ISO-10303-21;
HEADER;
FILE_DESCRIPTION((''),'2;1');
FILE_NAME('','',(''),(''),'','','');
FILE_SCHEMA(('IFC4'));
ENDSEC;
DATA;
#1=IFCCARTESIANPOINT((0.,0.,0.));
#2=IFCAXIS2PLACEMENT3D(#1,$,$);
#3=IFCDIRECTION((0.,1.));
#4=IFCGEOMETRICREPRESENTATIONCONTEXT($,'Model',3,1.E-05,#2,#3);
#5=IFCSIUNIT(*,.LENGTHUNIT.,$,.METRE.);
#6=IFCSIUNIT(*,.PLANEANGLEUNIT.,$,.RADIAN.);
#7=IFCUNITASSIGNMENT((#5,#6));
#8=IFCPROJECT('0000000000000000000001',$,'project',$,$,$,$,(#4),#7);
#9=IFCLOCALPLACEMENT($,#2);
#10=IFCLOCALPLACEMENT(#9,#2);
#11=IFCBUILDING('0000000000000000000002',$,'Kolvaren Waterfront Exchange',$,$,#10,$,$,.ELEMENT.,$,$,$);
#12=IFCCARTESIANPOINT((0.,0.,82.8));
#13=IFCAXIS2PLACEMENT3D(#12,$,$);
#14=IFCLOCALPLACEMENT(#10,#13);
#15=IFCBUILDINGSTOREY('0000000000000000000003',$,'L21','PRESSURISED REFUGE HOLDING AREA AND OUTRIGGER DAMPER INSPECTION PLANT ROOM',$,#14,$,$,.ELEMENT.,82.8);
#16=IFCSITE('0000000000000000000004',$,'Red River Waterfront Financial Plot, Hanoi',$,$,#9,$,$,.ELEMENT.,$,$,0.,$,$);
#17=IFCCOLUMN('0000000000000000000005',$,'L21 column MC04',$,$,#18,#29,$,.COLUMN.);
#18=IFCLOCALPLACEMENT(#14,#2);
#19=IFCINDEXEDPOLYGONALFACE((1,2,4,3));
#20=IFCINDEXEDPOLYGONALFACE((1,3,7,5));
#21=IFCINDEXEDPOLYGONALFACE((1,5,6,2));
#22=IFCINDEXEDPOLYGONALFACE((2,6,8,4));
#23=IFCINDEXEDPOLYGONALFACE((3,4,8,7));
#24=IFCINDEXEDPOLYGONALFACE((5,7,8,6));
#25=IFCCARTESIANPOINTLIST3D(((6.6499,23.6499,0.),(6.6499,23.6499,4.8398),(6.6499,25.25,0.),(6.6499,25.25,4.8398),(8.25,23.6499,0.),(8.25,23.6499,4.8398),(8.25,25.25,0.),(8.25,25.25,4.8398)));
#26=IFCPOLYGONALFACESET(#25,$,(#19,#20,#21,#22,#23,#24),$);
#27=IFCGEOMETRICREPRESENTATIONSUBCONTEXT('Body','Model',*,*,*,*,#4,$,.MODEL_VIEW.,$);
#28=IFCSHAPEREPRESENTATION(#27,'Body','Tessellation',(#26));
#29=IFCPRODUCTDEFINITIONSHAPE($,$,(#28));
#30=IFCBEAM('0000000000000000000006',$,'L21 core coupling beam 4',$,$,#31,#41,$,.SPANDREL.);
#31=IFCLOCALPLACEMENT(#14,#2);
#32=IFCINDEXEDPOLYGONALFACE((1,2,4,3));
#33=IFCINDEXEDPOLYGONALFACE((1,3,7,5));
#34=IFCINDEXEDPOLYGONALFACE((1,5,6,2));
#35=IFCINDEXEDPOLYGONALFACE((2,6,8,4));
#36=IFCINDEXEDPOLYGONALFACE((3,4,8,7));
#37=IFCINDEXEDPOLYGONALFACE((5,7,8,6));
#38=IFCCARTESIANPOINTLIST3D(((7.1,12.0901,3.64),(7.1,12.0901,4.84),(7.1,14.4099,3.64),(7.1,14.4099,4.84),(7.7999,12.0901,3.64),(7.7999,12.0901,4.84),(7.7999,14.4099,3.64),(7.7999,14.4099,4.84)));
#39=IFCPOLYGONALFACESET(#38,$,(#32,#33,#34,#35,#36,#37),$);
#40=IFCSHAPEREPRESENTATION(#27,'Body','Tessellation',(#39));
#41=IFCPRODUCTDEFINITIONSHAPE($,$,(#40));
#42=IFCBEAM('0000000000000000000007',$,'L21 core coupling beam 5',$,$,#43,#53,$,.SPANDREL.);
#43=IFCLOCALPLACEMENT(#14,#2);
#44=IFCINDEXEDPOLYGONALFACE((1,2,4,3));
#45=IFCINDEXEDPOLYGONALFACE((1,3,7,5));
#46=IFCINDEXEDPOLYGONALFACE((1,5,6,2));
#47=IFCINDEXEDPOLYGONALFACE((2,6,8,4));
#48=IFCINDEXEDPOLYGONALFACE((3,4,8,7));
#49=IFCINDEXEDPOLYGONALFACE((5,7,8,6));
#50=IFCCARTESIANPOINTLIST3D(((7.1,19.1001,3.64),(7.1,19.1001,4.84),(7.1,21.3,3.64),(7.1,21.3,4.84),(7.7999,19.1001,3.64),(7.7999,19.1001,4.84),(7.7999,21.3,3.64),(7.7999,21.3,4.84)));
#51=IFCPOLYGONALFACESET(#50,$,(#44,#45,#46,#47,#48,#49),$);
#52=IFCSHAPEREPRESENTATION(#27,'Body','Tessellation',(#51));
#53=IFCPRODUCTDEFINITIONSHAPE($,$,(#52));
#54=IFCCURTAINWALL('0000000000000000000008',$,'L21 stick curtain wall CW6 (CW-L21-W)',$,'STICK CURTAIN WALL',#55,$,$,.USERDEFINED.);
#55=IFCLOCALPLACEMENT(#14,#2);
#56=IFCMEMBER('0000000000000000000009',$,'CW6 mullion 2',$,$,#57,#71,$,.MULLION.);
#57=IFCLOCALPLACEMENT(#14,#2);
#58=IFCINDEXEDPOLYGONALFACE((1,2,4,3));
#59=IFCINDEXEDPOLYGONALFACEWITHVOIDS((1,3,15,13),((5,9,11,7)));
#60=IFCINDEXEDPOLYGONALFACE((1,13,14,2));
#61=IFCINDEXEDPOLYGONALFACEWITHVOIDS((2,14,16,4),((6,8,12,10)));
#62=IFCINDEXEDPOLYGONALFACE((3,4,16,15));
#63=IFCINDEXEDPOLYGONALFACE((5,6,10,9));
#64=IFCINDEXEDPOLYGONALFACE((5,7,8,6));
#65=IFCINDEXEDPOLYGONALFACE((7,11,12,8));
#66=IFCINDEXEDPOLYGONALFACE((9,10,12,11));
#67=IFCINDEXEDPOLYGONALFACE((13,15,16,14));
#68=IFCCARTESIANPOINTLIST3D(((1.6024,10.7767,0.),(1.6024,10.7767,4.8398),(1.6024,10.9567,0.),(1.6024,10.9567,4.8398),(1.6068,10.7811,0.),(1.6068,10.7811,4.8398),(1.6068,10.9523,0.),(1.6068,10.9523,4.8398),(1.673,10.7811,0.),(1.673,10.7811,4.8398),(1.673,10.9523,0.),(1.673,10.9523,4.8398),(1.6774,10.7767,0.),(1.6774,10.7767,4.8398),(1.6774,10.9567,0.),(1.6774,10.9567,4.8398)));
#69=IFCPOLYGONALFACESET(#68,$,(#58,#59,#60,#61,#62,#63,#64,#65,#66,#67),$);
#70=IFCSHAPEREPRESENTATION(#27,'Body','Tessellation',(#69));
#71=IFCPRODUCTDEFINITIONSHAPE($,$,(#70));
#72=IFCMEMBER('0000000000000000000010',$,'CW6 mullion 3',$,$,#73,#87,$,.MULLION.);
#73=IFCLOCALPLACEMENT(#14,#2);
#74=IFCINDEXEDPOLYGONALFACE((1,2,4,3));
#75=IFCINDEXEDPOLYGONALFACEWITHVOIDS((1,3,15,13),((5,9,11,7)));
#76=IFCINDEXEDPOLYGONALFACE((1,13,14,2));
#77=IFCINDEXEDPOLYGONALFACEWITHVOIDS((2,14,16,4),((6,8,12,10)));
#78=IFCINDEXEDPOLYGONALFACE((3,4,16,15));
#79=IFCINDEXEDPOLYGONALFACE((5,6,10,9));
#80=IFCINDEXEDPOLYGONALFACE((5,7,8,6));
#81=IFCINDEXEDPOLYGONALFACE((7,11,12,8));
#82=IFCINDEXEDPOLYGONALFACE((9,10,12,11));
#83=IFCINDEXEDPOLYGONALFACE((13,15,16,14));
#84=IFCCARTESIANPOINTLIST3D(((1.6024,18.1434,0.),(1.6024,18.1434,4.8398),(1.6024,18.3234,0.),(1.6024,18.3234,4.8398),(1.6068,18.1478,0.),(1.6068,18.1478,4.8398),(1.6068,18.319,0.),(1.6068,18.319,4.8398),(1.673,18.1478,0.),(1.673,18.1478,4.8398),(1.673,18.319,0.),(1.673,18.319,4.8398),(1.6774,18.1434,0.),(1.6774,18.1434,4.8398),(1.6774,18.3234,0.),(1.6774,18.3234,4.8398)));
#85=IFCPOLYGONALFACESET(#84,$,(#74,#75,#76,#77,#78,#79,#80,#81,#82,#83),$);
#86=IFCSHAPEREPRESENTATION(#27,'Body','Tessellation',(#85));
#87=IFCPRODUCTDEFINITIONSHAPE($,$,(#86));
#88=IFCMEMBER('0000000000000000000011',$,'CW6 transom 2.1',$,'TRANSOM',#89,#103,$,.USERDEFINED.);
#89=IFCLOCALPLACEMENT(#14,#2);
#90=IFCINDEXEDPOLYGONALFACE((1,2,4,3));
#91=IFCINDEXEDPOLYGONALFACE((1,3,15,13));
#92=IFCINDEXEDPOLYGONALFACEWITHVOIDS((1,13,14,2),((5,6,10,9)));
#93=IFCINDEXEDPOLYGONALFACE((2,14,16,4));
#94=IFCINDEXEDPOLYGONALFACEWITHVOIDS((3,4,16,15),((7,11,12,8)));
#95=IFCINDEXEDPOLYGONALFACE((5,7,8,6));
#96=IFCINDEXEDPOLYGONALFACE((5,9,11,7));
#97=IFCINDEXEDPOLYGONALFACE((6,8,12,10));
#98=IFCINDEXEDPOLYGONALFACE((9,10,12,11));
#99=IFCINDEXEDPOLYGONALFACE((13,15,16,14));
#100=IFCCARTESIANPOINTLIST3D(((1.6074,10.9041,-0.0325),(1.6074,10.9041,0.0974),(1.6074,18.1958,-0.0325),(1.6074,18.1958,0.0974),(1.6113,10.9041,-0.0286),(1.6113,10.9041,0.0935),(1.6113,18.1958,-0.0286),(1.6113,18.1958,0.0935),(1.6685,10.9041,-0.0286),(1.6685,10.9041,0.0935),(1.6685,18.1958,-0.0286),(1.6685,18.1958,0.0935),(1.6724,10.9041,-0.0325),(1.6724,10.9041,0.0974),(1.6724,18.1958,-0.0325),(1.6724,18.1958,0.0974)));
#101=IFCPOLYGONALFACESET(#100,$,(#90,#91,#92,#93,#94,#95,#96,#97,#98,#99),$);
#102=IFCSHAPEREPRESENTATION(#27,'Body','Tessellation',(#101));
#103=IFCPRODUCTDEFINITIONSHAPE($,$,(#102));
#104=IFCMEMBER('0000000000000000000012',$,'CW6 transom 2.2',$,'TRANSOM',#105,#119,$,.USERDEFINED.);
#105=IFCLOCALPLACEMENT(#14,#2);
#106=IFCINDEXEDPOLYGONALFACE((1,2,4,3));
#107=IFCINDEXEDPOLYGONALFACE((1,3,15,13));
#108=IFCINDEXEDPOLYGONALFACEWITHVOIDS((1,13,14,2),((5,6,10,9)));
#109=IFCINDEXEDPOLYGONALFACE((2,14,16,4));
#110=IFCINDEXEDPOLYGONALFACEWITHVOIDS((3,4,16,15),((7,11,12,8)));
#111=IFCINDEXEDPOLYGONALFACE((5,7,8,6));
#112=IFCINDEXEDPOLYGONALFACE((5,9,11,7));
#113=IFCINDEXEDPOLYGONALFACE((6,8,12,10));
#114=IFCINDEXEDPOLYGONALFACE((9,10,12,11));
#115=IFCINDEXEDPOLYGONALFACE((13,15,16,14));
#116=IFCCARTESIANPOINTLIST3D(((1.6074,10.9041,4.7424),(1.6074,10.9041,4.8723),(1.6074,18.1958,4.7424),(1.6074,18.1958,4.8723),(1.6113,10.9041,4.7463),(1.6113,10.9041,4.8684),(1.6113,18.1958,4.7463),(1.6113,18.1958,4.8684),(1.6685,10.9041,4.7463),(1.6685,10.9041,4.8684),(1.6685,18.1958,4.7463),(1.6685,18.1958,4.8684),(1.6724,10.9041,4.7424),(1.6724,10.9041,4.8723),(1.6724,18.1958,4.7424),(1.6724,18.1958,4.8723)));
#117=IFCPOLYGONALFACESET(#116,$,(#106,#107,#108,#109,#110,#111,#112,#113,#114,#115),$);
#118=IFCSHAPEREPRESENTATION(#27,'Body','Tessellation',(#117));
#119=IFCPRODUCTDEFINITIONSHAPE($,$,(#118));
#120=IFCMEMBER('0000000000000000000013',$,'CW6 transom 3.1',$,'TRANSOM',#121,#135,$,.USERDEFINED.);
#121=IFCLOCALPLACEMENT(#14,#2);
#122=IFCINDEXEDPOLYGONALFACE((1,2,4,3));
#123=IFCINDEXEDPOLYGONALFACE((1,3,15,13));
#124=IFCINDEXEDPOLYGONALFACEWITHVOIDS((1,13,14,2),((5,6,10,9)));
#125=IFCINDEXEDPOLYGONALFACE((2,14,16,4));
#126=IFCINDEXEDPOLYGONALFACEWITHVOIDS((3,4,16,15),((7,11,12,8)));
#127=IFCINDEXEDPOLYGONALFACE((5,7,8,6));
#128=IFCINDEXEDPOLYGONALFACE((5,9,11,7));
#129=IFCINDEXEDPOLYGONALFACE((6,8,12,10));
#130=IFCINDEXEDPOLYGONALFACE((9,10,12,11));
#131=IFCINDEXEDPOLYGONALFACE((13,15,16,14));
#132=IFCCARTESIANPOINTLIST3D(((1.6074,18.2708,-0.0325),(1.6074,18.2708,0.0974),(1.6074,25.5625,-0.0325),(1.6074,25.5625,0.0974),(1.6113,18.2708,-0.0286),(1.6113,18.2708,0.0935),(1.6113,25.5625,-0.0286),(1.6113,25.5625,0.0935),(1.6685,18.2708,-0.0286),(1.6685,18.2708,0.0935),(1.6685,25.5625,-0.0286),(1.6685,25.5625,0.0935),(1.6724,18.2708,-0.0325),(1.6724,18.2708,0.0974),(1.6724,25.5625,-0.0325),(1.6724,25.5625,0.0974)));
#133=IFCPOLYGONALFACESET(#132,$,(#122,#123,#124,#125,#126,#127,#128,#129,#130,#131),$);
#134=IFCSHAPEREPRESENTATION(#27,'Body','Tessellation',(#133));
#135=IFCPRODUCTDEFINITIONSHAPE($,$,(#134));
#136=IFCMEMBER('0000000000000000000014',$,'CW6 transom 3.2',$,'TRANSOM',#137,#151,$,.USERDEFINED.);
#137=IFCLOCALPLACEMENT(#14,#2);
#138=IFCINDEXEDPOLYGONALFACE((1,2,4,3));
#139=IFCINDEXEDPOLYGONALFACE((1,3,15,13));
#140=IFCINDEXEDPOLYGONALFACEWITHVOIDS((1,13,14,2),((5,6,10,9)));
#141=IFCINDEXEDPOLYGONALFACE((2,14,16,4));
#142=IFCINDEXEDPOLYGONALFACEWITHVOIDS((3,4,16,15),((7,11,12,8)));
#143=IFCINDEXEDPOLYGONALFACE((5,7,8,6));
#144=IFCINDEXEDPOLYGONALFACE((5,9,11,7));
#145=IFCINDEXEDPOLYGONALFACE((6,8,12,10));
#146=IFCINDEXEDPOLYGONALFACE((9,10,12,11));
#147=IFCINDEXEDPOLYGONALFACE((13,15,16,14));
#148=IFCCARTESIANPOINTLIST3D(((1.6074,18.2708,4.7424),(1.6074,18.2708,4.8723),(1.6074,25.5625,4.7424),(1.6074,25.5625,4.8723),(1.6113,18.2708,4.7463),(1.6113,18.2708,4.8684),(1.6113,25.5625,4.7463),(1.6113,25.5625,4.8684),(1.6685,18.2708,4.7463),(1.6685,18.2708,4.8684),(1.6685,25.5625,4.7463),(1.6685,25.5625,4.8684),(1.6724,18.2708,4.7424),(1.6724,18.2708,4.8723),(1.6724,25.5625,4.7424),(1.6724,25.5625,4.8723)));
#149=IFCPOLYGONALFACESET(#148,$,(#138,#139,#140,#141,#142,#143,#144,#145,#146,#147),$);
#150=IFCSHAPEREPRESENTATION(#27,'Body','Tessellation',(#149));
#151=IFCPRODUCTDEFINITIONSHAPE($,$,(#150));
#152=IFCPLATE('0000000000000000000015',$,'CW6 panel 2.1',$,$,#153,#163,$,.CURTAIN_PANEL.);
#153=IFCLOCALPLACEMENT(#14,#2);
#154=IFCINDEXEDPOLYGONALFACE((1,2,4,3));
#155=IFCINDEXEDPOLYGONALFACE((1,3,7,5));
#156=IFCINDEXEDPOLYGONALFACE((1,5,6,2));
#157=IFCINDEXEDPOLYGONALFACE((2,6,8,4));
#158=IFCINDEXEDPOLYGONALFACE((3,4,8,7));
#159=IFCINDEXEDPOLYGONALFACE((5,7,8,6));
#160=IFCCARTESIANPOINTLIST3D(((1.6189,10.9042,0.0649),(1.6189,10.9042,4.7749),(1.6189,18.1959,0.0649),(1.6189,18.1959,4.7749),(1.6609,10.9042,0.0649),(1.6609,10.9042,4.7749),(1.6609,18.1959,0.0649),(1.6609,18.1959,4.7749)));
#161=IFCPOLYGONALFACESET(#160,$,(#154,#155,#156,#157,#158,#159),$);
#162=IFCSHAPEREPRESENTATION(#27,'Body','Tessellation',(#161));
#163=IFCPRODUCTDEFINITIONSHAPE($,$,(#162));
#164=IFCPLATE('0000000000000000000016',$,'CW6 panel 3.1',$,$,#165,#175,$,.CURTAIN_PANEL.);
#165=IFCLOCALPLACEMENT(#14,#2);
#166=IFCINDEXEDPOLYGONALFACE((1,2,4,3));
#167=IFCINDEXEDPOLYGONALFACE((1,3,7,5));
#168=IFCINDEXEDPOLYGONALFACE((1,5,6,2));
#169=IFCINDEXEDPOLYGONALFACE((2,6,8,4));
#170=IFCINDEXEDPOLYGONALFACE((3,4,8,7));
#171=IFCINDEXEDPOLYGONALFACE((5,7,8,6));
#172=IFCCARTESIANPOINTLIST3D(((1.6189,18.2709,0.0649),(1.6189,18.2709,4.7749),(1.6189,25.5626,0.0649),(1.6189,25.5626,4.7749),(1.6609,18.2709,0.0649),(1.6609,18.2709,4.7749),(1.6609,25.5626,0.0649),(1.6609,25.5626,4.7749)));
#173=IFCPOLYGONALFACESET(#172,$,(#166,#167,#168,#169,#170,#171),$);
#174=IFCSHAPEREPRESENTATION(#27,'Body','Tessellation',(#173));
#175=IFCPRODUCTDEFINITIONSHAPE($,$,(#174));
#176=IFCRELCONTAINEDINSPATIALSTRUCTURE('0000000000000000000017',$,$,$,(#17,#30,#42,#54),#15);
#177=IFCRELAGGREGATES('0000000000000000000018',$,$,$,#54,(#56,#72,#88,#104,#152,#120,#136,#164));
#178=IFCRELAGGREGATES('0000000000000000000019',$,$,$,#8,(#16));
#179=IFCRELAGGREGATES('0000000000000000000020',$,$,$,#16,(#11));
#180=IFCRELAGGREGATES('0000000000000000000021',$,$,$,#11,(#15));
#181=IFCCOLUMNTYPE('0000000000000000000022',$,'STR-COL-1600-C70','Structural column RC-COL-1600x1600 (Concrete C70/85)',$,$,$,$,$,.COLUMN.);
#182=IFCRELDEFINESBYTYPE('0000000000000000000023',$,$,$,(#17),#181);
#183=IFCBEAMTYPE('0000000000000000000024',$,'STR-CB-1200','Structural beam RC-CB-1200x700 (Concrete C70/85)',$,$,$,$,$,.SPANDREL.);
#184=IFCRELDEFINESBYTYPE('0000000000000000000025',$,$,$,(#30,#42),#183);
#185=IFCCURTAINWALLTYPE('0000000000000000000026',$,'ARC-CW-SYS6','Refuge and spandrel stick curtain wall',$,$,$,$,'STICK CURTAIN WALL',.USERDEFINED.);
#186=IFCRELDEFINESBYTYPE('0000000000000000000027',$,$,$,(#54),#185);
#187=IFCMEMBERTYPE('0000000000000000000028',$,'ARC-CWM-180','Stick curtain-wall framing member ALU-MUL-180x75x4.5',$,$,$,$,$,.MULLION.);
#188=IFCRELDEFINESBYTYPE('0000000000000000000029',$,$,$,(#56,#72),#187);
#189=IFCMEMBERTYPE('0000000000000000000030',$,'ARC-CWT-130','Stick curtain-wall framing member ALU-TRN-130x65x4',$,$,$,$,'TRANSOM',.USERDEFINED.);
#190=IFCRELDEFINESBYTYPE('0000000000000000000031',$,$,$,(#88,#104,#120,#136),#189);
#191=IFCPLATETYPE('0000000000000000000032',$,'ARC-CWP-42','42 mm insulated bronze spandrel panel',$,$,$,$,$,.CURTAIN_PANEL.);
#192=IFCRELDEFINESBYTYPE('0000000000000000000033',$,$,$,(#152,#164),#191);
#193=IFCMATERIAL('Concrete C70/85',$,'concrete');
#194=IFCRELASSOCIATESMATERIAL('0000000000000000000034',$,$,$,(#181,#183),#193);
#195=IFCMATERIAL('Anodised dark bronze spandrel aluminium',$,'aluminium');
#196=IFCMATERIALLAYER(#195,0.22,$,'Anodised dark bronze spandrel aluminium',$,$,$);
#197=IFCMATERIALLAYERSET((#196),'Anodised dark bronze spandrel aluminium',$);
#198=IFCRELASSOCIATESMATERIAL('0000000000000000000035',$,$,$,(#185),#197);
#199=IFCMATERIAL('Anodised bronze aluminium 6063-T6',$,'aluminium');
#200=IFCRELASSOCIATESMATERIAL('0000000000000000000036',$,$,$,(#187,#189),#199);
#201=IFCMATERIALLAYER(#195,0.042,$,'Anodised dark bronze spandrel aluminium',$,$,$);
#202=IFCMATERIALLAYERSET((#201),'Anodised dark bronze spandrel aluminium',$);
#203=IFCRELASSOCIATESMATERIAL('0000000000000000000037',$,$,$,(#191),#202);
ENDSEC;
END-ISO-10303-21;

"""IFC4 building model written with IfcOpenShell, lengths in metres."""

from ifc_helpers import new_model, si_unit, direction, frame, origin, origin_with_axes, origin_2d, place, context, subcontext, project, spatial, rectangle, hollow_rectangle, extrude, source, transform, mapped, material, layer, layer_set, material_profile, profile_set, type_object, element, aggregate, save


model = new_model("IFC4")

# Units and contexts
model_context = context("Model", 3, precision=1e-05, world=origin(), true_north=direction((0.0, 1.0)))
body_context = subcontext(model_context, "Body", "Model", "MODEL_VIEW")
ifc_project = project(units=[si_unit("LENGTHUNIT", "METRE"), si_unit("PLANEANGLEUNIT", "RADIAN")], contexts=[model_context])

# Site, building, storey
site_placement = place(None, origin())
site = spatial("IfcSite", under=ifc_project, at=site_placement, Name="Red River Waterfront Financial Plot, Hanoi", CompositionType="ELEMENT", RefElevation=0.0)
building_placement = place(site_placement, origin())
building = spatial("IfcBuilding", under=site, at=building_placement, Name="Kolvaren Waterfront Exchange", CompositionType="ELEMENT")
storey_placement = place(building_placement, frame((0.0, 0.0, 82.8)))
storey = spatial("IfcBuildingStorey", under=building, at=storey_placement, Name="L21", Description="PRESSURISED REFUGE HOLDING AREA AND OUTRIGGER DAMPER INSPECTION PLANT ROOM", CompositionType="ELEMENT", Elevation=82.8)

# Column
ifc_material_1 = material(Name="Concrete C70/85", Category="concrete")
ifc_material_profile_1 = material_profile(ifc_material_1, rectangle(XDim=1.6001, YDim=1.6001, at=origin_2d()), Name="RC-COL-1600x1600")
ifc_profile_set_1 = profile_set([ifc_material_profile_1], Name="Concrete C70/85")
column_type = type_object("IfcColumnType", Name="STR-COL-1600-C70", Description="Structural column RC-COL-1600x1600 (Concrete C70/85)", PredefinedType="COLUMN", material=ifc_profile_set_1)
column_placement = place(storey_placement, frame((7.45, 24.45, 0.0), z_axis=(0.0, 0.0, 1.0), x_axis=(1.0, 0.0, 0.0)))
element("IfcColumn", 1, at=column_placement, inside=storey, type_object=column_type, Name="L21 column MC04", PredefinedType="COLUMN", context=body_context, shape_type="SweptSolid", body=[
    extrude(rectangle(XDim=1.6001, YDim=1.6001, at=origin_2d()), origin(), (0.0, 0.0, 1.0), 4.8398),
])

# Beams
ifc_material_profile_2 = material_profile(ifc_material_1, rectangle(XDim=0.7, YDim=1.2, at=origin_2d()), Name="RC-CB-1200x700")
ifc_profile_set_2 = profile_set([ifc_material_profile_2], Name="Concrete C70/85")
beam_type = type_object("IfcBeamType", Name="STR-CB-1200", Description="Structural beam RC-CB-1200x700 (Concrete C70/85)", PredefinedType="SPANDREL", material=ifc_profile_set_2)
beam_1_placement = place(storey_placement, frame((7.45, 12.0901, 4.24), z_axis=(0.0, 1.0, 0.0), x_axis=(-1.0, 0.0, 0.0)))
element("IfcBeam", 2, at=beam_1_placement, inside=storey, type_object=beam_type, Name="L21 core coupling beam 4", PredefinedType="SPANDREL", context=body_context, shape_type="SweptSolid", body=[
    extrude(rectangle(XDim=0.7, YDim=1.2, at=origin_2d()), origin(), (0.0, 0.0, 1.0), 2.3198),
])
beam_2_placement = place(storey_placement, frame((7.45, 19.1001, 4.24), z_axis=(0.0, 1.0, 0.0), x_axis=(-1.0, 0.0, 0.0)))
element("IfcBeam", 3, at=beam_2_placement, inside=storey, type_object=beam_type, Name="L21 core coupling beam 5", PredefinedType="SPANDREL", context=body_context, shape_type="SweptSolid", body=[
    extrude(rectangle(XDim=0.7, YDim=1.2, at=origin_2d()), origin(), (0.0, 0.0, 1.0), 2.2),
])

# Curtain wall, members, plates
ifc_material_2 = material(Name="Anodised dark bronze spandrel aluminium", Category="aluminium")
ifc_layer_1 = layer(ifc_material_2, 0.22, Name="Anodised dark bronze spandrel aluminium")
ifc_layer_set_1 = layer_set([ifc_layer_1], Name="Anodised dark bronze spandrel aluminium")
curtain_wall_type = type_object("IfcCurtainWallType", Name="ARC-CW-SYS6", Description="Refuge and spandrel stick curtain wall", ElementType="STICK CURTAIN WALL", PredefinedType="USERDEFINED", material=ifc_layer_set_1)
curtain_wall_placement = place(storey_placement, origin())
curtain_wall = element("IfcCurtainWall", 4, at=curtain_wall_placement, inside=storey, type_object=curtain_wall_type, Name="L21 stick curtain wall CW6 (CW-L21-W)", ObjectType="STICK CURTAIN WALL", PredefinedType="USERDEFINED")
ifc_material_3 = material(Name="Anodised bronze aluminium 6063-T6", Category="aluminium")
ifc_material_profile_3 = material_profile(ifc_material_3, hollow_rectangle(XDim=0.075, YDim=0.1799, WallThickness=0.0044, at=origin_2d()), Name="ALU-MUL-180x75x4.5")
ifc_profile_set_3 = profile_set([ifc_material_profile_3], Name="Anodised bronze aluminium 6063-T6")
member_type_1 = type_object("IfcMemberType", Name="ARC-CWM-180", Description="Stick curtain-wall framing member ALU-MUL-180x75x4.5", PredefinedType="MULLION", material=ifc_profile_set_3)
shared_shape_1 = source(origin_with_axes(), body_context, "Body", "SweptSolid", [
    extrude(hollow_rectangle(XDim=0.075, YDim=0.1799, WallThickness=0.0044, at=origin_2d()), origin(), (0.0, 0.0, 1.0), 4.8398),
])
member_1_placement = place(storey_placement, frame((1.6399, 10.8667, 0.0), z_axis=(0.0, 0.0, 1.0), x_axis=(-1.0, 0.0, 0.0)))
member_1 = element("IfcMember", 5, at=member_1_placement, type_object=member_type_1, Name="CW6 mullion 2", PredefinedType="MULLION", context=body_context, shape_type="MappedRepresentation", body=[
    mapped(shared_shape_1, transform((0.0, 0.0, 0.0), x_axis=(1.0, 0.0, 0.0), y_axis=(0.0, 1.0, 0.0), z_axis=(0.0, 0.0, 1.0), scale=1.0)),
])
member_2_placement = place(storey_placement, frame((1.6399, 18.2334, 0.0), z_axis=(0.0, 0.0, 1.0), x_axis=(-1.0, 0.0, 0.0)))
member_2 = element("IfcMember", 6, at=member_2_placement, type_object=member_type_1, Name="CW6 mullion 3", PredefinedType="MULLION", context=body_context, shape_type="MappedRepresentation", body=[
    mapped(shared_shape_1, transform((0.0, 0.0, 0.0), x_axis=(1.0, 0.0, 0.0), y_axis=(0.0, 1.0, 0.0), z_axis=(0.0, 0.0, 1.0), scale=1.0)),
])
ifc_material_profile_4 = material_profile(ifc_material_3, hollow_rectangle(XDim=0.0649, YDim=0.1299, WallThickness=0.0039, at=origin_2d()), Name="ALU-TRN-130x65x4")
ifc_profile_set_4 = profile_set([ifc_material_profile_4], Name="Anodised bronze aluminium 6063-T6")
member_type_2 = type_object("IfcMemberType", Name="ARC-CWT-130", Description="Stick curtain-wall framing member ALU-TRN-130x65x4", ElementType="TRANSOM", PredefinedType="USERDEFINED", material=ifc_profile_set_4)
shared_shape_2 = source(origin_with_axes(), body_context, "Body", "SweptSolid", [
    extrude(hollow_rectangle(XDim=0.0649, YDim=0.1299, WallThickness=0.0039, at=origin_2d()), origin(), (0.0, 0.0, 1.0), 7.2917),
])
member_3_placement = place(storey_placement, frame((1.6399, 10.9041, 0.0325), z_axis=(0.0, 1.0, 0.0), x_axis=(-1.0, 0.0, 0.0)))
member_3 = element("IfcMember", 7, at=member_3_placement, type_object=member_type_2, Name="CW6 transom 2.1", ObjectType="TRANSOM", PredefinedType="USERDEFINED", context=body_context, shape_type="MappedRepresentation", body=[
    mapped(shared_shape_2, transform((0.0, 0.0, 0.0), x_axis=(1.0, 0.0, 0.0), y_axis=(0.0, 1.0, 0.0), z_axis=(0.0, 0.0, 1.0), scale=1.0)),
])
member_4_placement = place(storey_placement, frame((1.6399, 10.9041, 4.8074), z_axis=(0.0, 1.0, 0.0), x_axis=(-1.0, 0.0, 0.0)))
member_4 = element("IfcMember", 8, at=member_4_placement, type_object=member_type_2, Name="CW6 transom 2.2", ObjectType="TRANSOM", PredefinedType="USERDEFINED", context=body_context, shape_type="MappedRepresentation", body=[
    mapped(shared_shape_2, transform((0.0, 0.0, 0.0), x_axis=(1.0, 0.0, 0.0), y_axis=(0.0, 1.0, 0.0), z_axis=(0.0, 0.0, 1.0), scale=1.0)),
])
member_5_placement = place(storey_placement, frame((1.6399, 18.2708, 0.0325), z_axis=(0.0, 1.0, 0.0), x_axis=(-1.0, 0.0, 0.0)))
member_5 = element("IfcMember", 9, at=member_5_placement, type_object=member_type_2, Name="CW6 transom 3.1", ObjectType="TRANSOM", PredefinedType="USERDEFINED", context=body_context, shape_type="MappedRepresentation", body=[
    mapped(shared_shape_2, transform((0.0, 0.0, 0.0), x_axis=(1.0, 0.0, 0.0), y_axis=(0.0, 1.0, 0.0), z_axis=(0.0, 0.0, 1.0), scale=1.0)),
])
member_6_placement = place(storey_placement, frame((1.6399, 18.2708, 4.8074), z_axis=(0.0, 1.0, 0.0), x_axis=(-1.0, 0.0, 0.0)))
member_6 = element("IfcMember", 10, at=member_6_placement, type_object=member_type_2, Name="CW6 transom 3.2", ObjectType="TRANSOM", PredefinedType="USERDEFINED", context=body_context, shape_type="MappedRepresentation", body=[
    mapped(shared_shape_2, transform((0.0, 0.0, 0.0), x_axis=(1.0, 0.0, 0.0), y_axis=(0.0, 1.0, 0.0), z_axis=(0.0, 0.0, 1.0), scale=1.0)),
])
ifc_layer_2 = layer(ifc_material_2, 0.042, Name="Anodised dark bronze spandrel aluminium")
ifc_layer_set_2 = layer_set([ifc_layer_2], Name="Anodised dark bronze spandrel aluminium")
plate_type = type_object("IfcPlateType", Name="ARC-CWP-42", Description="42 mm insulated bronze spandrel panel", PredefinedType="CURTAIN_PANEL", material=ifc_layer_set_2)
shared_shape_3 = source(origin_with_axes(), body_context, "Body", "SweptSolid", [
    extrude(rectangle(XDim=7.2917, YDim=0.042, at=origin_2d()), origin(), (0.0, 0.0, 1.0), 4.71),
])
plate_1_placement = place(storey_placement, frame((1.6399, 14.55, 0.0649), z_axis=(0.0, 0.0, 1.0), x_axis=(0.0, 1.0, 0.0)))
plate_1 = element("IfcPlate", 11, at=plate_1_placement, type_object=plate_type, Name="CW6 panel 2.1", PredefinedType="CURTAIN_PANEL", context=body_context, shape_type="MappedRepresentation", body=[
    mapped(shared_shape_3, transform((0.0, 0.0, 0.0), x_axis=(1.0, 0.0, 0.0), y_axis=(0.0, 1.0, 0.0), z_axis=(0.0, 0.0, 1.0), scale=1.0)),
])
plate_2_placement = place(storey_placement, frame((1.6399, 21.9167, 0.0649), z_axis=(0.0, 0.0, 1.0), x_axis=(0.0, 1.0, 0.0)))
plate_2 = element("IfcPlate", 12, at=plate_2_placement, type_object=plate_type, Name="CW6 panel 3.1", PredefinedType="CURTAIN_PANEL", context=body_context, shape_type="MappedRepresentation", body=[
    mapped(shared_shape_3, transform((0.0, 0.0, 0.0), x_axis=(1.0, 0.0, 0.0), y_axis=(0.0, 1.0, 0.0), z_axis=(0.0, 0.0, 1.0), scale=1.0)),
])
aggregate(curtain_wall, [member_1, member_2, member_3, member_4, plate_1, member_5, member_6, plate_2])

save(model, "model.ifc")
